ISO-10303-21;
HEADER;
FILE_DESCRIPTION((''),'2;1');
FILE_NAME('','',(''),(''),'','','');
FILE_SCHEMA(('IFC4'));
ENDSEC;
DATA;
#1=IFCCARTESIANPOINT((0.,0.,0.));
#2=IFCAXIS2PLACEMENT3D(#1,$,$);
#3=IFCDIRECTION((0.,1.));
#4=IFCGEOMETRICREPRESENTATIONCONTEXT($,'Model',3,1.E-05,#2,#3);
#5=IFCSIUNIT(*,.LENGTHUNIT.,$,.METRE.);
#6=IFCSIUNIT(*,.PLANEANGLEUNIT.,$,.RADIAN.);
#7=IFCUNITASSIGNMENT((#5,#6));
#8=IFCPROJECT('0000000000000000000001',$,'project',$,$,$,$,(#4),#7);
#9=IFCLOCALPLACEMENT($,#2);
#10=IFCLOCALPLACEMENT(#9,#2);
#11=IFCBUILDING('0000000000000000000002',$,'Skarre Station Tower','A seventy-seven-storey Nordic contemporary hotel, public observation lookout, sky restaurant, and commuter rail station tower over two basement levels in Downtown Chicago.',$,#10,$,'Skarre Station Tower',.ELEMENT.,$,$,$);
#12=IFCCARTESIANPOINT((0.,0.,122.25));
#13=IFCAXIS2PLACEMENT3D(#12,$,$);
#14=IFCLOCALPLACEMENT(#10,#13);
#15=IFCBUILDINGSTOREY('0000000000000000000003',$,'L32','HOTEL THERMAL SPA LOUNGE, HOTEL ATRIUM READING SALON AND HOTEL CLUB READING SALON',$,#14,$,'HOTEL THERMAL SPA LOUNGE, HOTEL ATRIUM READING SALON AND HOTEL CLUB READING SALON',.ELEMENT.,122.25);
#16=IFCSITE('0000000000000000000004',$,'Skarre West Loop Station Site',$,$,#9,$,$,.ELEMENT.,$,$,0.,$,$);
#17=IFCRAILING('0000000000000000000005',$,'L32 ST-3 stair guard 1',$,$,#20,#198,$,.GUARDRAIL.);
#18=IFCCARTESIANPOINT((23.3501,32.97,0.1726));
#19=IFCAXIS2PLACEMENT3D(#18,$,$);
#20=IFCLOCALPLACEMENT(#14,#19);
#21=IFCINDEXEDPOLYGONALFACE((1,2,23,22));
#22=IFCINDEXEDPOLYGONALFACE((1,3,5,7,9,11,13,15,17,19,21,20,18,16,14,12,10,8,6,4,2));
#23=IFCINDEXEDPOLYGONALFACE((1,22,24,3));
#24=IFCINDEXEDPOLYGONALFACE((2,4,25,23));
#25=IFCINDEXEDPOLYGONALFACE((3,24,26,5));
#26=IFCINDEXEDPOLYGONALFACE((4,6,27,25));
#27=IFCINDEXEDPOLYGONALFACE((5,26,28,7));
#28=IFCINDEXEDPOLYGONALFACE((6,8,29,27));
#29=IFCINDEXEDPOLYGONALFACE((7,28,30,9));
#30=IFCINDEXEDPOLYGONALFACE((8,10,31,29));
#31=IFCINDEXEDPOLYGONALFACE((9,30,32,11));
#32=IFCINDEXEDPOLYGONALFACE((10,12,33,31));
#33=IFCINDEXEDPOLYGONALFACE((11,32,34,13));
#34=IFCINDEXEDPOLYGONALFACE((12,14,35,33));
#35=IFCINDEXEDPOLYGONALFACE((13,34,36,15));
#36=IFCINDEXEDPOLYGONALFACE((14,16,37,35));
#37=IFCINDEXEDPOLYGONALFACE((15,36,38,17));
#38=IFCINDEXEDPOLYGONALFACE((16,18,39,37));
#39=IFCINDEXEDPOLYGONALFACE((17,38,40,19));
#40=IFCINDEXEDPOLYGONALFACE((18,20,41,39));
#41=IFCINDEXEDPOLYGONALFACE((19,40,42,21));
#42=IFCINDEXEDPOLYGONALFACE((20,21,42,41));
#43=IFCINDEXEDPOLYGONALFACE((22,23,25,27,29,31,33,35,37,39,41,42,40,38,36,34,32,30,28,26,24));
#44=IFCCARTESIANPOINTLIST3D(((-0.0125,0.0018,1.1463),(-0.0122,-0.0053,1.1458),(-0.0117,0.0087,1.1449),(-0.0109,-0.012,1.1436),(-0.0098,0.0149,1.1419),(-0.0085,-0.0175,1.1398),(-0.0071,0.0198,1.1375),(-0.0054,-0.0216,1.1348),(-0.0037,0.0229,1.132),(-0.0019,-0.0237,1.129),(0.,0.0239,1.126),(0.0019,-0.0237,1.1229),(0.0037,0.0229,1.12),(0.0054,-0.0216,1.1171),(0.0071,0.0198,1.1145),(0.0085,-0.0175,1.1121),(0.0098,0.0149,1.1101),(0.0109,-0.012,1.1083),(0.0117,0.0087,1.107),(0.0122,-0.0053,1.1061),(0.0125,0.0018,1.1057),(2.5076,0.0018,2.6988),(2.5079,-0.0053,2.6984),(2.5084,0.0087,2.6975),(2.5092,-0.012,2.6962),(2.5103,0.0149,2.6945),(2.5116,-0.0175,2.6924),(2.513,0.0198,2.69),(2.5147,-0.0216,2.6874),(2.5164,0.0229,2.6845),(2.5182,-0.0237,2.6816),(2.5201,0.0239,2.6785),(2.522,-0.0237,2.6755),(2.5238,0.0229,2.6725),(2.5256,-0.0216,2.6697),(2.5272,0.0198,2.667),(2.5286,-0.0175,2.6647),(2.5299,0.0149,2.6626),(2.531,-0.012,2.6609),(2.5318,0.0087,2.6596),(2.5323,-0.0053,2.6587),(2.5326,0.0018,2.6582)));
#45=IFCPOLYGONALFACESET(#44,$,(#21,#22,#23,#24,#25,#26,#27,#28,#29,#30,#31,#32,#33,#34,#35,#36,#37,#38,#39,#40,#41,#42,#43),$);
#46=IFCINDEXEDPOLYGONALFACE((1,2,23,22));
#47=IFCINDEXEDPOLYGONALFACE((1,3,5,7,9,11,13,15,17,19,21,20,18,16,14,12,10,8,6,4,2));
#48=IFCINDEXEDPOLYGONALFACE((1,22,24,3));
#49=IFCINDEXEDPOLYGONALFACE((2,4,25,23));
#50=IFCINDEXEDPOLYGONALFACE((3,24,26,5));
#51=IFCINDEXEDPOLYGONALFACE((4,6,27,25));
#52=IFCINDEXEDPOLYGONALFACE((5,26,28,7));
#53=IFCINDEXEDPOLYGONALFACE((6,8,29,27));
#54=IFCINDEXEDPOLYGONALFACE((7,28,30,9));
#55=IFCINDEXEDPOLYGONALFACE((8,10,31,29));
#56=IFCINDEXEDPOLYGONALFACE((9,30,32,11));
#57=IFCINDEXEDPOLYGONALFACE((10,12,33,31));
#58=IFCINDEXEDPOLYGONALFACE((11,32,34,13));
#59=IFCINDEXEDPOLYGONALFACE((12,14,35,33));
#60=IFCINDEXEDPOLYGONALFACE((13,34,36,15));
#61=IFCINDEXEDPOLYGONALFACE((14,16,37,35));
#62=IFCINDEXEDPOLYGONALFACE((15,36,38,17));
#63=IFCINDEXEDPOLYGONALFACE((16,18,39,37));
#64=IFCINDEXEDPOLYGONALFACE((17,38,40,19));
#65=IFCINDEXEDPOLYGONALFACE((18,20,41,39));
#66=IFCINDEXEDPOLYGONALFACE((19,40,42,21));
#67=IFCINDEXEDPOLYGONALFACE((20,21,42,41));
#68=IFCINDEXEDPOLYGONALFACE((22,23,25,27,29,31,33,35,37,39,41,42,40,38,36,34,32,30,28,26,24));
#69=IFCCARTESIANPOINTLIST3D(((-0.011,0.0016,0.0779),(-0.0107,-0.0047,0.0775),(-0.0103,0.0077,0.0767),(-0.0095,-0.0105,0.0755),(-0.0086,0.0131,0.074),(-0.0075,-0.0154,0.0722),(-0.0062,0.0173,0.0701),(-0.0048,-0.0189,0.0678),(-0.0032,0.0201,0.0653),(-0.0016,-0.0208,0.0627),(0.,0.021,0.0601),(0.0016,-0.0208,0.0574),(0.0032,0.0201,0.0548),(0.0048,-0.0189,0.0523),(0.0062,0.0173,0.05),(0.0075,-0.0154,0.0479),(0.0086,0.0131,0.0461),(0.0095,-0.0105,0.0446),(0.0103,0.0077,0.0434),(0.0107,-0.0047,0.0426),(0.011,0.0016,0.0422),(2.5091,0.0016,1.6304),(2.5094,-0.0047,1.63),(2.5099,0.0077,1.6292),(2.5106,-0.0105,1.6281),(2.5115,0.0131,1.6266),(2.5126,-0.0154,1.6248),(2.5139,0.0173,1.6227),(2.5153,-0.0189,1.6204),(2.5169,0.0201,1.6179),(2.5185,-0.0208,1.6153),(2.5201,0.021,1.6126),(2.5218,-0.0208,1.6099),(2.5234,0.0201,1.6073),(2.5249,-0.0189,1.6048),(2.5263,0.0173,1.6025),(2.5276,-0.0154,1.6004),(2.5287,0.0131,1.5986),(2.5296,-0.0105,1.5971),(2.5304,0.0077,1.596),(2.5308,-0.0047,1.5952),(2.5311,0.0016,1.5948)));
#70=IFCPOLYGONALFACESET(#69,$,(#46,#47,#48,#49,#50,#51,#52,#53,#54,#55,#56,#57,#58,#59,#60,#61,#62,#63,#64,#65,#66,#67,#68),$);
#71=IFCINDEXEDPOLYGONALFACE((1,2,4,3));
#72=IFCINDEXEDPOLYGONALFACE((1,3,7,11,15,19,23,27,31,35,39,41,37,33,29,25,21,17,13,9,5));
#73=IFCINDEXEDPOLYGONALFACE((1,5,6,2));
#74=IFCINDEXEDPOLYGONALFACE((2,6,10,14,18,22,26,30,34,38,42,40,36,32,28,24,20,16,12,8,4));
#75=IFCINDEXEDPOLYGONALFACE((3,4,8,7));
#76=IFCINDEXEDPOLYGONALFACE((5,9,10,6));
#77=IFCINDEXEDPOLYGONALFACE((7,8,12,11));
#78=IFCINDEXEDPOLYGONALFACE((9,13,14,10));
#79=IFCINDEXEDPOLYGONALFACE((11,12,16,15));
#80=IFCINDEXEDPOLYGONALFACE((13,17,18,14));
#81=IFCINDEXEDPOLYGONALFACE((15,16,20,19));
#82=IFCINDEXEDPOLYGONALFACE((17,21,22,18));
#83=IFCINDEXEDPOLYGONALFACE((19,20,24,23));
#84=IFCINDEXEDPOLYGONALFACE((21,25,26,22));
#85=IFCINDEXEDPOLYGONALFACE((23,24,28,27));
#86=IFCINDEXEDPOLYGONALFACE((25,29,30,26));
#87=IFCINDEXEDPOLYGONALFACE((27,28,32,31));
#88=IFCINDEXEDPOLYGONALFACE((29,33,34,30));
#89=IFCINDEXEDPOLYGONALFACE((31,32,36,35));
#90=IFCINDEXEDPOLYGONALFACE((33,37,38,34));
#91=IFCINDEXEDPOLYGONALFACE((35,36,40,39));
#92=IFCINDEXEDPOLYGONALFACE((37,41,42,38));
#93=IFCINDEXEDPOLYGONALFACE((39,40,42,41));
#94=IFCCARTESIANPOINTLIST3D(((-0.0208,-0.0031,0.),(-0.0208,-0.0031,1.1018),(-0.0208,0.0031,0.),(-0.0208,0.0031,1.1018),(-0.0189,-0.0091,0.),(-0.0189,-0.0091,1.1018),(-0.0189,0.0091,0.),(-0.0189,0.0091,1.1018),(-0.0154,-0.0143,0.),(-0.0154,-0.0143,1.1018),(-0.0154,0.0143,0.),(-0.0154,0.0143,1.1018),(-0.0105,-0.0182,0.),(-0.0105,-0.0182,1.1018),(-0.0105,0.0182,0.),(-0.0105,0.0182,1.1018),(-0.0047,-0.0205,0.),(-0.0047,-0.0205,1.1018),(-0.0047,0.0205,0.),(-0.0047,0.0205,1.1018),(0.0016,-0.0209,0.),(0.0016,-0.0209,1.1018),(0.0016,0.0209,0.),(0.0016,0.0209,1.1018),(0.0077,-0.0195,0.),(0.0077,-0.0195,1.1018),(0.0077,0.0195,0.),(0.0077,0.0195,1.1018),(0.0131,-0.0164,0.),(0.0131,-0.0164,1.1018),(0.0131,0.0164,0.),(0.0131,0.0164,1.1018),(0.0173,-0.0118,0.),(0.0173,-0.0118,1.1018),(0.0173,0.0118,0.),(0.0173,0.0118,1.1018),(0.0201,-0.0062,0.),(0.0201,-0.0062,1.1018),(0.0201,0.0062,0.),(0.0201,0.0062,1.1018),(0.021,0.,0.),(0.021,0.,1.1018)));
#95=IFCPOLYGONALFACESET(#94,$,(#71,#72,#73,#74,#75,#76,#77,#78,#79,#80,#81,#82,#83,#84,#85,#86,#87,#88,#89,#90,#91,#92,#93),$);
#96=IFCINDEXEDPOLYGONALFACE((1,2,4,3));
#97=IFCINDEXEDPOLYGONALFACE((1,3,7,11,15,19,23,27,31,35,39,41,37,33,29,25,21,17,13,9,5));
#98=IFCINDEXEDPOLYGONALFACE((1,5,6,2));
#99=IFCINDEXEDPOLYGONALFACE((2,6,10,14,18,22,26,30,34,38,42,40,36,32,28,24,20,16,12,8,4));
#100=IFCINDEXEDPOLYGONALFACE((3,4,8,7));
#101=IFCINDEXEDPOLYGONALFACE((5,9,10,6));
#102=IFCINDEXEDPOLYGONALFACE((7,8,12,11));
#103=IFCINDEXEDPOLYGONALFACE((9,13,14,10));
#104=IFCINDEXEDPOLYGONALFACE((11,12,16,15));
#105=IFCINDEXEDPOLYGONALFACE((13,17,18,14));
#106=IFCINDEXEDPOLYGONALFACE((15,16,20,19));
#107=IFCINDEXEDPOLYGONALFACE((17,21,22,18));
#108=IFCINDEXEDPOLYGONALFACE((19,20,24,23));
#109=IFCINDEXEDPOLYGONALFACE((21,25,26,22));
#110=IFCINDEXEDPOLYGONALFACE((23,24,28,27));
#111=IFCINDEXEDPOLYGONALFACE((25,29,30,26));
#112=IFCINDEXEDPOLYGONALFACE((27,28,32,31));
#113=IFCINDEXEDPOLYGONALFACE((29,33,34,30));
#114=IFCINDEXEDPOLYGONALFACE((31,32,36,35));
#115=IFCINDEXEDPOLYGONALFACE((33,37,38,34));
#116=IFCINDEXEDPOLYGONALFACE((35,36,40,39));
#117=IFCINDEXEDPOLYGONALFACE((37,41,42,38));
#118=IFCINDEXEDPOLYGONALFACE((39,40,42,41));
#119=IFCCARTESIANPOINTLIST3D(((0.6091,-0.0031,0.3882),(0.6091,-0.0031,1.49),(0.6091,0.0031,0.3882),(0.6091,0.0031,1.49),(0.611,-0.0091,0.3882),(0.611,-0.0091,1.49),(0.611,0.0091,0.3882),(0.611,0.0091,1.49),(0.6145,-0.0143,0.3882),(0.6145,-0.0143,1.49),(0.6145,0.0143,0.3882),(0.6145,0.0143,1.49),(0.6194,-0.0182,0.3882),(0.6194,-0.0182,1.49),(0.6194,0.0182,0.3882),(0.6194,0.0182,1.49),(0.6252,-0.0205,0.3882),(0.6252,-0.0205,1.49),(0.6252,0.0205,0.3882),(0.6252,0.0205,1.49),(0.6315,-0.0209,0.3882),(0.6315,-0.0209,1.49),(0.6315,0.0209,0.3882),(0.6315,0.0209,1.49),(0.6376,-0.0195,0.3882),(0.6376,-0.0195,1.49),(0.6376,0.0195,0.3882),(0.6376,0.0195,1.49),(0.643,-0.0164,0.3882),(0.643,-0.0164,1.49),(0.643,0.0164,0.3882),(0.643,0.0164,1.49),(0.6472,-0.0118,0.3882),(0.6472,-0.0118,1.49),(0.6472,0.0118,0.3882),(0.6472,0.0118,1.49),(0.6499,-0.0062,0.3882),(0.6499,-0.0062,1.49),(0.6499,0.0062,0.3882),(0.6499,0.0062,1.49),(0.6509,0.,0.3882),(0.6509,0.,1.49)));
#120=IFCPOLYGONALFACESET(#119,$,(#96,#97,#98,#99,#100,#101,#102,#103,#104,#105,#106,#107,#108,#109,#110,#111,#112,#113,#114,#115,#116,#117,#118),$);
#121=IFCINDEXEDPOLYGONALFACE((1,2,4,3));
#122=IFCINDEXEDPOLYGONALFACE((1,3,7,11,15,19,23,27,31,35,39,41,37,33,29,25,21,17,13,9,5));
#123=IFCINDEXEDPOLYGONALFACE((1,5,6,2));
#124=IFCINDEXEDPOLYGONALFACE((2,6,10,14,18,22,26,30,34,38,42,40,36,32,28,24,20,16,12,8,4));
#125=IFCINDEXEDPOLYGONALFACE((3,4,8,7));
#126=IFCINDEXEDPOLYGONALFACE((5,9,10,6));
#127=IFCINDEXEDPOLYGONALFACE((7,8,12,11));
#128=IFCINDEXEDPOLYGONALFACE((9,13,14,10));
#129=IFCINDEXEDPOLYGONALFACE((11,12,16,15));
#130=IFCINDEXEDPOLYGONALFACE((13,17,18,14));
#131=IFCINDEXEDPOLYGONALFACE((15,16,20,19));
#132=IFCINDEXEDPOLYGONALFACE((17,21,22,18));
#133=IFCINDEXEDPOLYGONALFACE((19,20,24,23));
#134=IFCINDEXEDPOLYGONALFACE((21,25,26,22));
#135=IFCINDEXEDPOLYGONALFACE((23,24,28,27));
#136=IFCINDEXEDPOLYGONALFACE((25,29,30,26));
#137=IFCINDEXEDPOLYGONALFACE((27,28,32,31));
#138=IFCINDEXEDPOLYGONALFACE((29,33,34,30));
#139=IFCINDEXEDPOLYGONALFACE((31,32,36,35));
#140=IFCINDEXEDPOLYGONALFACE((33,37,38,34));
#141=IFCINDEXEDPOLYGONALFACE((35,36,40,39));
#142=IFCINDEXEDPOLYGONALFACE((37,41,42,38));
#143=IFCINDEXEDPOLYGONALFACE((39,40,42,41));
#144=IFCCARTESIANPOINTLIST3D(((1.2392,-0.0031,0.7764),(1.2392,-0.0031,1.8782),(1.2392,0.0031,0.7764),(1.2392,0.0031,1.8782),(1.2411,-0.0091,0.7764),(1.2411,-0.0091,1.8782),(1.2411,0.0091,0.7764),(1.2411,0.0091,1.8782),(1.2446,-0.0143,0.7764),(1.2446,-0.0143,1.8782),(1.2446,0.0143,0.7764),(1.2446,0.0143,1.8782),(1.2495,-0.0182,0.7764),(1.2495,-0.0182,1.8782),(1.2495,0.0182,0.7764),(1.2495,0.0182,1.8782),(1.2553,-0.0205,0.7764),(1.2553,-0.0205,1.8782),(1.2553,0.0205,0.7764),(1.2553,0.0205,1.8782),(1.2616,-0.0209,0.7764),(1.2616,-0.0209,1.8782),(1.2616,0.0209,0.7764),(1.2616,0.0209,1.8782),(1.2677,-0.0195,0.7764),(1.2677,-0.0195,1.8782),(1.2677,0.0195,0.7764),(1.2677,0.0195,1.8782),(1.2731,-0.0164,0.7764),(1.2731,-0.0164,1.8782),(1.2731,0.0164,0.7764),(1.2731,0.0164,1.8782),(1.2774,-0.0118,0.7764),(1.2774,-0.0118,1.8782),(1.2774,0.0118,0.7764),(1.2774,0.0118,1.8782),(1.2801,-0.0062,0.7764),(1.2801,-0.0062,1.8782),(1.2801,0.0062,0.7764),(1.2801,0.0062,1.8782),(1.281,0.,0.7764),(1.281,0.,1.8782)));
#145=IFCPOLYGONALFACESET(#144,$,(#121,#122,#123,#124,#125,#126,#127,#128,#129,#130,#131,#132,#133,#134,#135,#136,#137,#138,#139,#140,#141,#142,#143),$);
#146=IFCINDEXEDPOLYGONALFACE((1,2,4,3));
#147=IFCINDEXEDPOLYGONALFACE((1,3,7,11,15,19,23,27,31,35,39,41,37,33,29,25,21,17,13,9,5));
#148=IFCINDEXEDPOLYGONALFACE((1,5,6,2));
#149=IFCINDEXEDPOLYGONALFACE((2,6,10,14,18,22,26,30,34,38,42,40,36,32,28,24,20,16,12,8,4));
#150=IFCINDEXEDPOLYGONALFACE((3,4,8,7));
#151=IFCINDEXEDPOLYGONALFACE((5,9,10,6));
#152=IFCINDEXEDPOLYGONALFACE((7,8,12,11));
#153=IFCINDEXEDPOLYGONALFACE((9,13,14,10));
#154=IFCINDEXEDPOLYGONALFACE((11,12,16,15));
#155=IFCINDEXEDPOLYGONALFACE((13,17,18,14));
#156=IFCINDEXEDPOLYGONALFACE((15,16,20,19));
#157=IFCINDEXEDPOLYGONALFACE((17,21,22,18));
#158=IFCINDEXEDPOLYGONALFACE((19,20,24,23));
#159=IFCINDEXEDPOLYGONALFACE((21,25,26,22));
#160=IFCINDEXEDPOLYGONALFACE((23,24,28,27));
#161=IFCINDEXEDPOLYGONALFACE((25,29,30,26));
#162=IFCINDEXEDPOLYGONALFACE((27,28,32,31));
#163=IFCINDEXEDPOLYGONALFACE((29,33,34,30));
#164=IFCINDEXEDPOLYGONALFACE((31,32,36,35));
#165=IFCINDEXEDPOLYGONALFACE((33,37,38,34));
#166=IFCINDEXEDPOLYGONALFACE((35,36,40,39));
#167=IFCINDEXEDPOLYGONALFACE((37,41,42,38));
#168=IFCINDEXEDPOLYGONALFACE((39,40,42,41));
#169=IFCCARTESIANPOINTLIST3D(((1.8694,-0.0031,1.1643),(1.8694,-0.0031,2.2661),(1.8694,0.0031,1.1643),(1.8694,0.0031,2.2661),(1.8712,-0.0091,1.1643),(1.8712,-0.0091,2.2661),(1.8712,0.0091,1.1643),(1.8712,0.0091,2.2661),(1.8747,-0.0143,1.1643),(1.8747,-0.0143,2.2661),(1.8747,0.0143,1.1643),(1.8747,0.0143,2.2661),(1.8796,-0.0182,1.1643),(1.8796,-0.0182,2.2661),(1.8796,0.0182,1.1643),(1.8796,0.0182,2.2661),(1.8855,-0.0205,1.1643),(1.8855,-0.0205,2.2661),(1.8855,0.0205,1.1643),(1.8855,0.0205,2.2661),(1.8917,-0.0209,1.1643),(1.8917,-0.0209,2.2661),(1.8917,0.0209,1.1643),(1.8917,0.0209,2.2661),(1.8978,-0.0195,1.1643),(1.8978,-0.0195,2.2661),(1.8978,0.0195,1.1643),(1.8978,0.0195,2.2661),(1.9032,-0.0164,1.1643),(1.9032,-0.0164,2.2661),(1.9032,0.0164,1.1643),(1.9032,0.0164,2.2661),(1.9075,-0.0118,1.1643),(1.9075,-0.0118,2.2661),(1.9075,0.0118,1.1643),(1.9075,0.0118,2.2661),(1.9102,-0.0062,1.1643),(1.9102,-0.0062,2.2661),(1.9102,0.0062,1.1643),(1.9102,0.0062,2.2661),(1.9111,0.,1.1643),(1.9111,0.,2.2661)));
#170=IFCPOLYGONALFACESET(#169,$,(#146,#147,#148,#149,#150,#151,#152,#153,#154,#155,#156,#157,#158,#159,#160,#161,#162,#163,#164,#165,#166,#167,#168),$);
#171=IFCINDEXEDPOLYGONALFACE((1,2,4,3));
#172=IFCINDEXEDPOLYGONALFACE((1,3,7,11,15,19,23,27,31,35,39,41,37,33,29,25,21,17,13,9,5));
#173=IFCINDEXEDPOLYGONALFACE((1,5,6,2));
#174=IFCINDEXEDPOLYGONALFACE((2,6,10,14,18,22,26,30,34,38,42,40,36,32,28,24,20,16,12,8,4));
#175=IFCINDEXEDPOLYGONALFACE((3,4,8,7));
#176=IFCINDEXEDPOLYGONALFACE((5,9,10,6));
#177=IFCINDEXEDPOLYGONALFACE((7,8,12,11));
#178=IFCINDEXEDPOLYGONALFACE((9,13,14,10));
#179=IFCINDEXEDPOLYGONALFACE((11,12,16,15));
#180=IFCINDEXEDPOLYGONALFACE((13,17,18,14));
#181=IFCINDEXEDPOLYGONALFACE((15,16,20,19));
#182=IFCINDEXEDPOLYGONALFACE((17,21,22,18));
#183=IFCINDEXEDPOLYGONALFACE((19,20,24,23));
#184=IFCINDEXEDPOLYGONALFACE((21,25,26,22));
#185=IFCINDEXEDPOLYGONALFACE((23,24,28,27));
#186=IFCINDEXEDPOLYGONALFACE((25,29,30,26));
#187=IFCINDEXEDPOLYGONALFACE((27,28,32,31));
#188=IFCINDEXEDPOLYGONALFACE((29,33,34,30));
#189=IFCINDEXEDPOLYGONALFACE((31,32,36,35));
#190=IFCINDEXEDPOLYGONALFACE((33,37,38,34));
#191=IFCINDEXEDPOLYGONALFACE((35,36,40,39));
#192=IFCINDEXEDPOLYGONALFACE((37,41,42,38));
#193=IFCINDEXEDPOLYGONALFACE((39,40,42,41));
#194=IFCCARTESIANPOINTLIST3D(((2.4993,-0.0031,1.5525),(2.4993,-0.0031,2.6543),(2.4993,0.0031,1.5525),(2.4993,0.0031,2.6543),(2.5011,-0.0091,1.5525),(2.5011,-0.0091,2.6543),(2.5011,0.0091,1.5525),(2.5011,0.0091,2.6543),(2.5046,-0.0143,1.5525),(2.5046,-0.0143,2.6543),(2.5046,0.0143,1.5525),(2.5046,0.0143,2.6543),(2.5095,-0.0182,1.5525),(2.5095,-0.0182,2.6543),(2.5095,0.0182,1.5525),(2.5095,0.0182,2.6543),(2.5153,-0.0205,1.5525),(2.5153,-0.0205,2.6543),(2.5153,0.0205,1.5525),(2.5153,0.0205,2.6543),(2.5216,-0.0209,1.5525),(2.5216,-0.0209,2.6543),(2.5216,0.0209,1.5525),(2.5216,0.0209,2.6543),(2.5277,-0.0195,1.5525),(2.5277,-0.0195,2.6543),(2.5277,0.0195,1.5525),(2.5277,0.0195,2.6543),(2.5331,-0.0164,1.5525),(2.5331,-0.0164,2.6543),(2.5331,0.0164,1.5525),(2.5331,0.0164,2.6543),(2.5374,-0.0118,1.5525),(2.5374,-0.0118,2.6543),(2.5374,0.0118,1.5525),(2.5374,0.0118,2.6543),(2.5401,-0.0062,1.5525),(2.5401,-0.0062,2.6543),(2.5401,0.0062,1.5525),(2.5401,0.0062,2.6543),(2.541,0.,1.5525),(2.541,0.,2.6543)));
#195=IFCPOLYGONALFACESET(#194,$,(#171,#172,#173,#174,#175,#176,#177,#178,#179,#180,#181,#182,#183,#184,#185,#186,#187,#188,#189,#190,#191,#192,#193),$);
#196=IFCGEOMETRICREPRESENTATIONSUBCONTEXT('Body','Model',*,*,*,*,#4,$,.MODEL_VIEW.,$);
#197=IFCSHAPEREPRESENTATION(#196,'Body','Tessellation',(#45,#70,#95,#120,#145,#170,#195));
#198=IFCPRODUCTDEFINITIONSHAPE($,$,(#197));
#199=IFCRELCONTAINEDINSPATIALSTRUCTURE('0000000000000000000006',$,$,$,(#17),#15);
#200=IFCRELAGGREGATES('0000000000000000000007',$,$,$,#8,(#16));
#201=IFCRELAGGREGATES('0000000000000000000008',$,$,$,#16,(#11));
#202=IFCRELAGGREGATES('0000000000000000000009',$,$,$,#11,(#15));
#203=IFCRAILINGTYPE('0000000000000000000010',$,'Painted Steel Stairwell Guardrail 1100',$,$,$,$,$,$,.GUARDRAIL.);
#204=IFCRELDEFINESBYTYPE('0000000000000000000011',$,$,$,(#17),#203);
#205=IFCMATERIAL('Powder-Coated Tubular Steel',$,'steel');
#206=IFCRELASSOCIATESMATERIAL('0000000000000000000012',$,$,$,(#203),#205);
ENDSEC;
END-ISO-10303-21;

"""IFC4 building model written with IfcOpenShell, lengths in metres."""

from ifc_helpers import new_model, si_unit, direction, frame, origin, origin_2d, place, context, subcontext, project, spatial, circle, extrude, material, type_object, element, save


model = new_model("IFC4")

# Units and contexts
model_context = context("Model", 3, precision=1e-05, world=origin(), true_north=direction((0.0, 1.0)))
body_context = subcontext(model_context, "Body", "Model", "MODEL_VIEW")
ifc_project = project(units=[si_unit("LENGTHUNIT", "METRE"), si_unit("PLANEANGLEUNIT", "RADIAN")], contexts=[model_context])

# Site, building, storey
site_placement = place(None, origin())
site = spatial("IfcSite", under=ifc_project, at=site_placement, Name="Skarre West Loop Station Site", CompositionType="ELEMENT", RefElevation=0.0)
building_placement = place(site_placement, origin())
building = spatial("IfcBuilding", under=site, at=building_placement, Name="Skarre Station Tower", Description="A seventy-seven-storey Nordic contemporary hotel, public observation lookout, sky restaurant, and commuter rail station tower over two basement levels in Downtown Chicago.", LongName="Skarre Station Tower", CompositionType="ELEMENT")
storey_placement = place(building_placement, frame((0.0, 0.0, 122.25)))
storey = spatial("IfcBuildingStorey", under=building, at=storey_placement, Name="L32", Description="HOTEL THERMAL SPA LOUNGE, HOTEL ATRIUM READING SALON AND HOTEL CLUB READING SALON", LongName="HOTEL THERMAL SPA LOUNGE, HOTEL ATRIUM READING SALON AND HOTEL CLUB READING SALON", CompositionType="ELEMENT", Elevation=122.25)

# Railing
ifc_material_1 = material(Name="Powder-Coated Tubular Steel", Category="steel")
railing_type_1 = type_object("IfcRailingType", Name="Painted Steel Stairwell Guardrail 1100", PredefinedType="GUARDRAIL", material=ifc_material_1)
railing_1_placement = place(storey_placement, frame((23.3501, 32.97, 0.1726)))
element("IfcRailing", 1, at=railing_1_placement, inside=storey, type_object=railing_type_1, Name="L32 ST-3 stair guard 1", PredefinedType="GUARDRAIL", context=body_context, shape_type="SweptSolid", body=[
    extrude(circle(Radius=0.0239, at=origin_2d()), frame((0.0, 0.0, 1.126), z_axis=(0.8514, 0.0, 0.524516), x_axis=(0.0, 1.0, 0.0)), (0.0, 0.0, 1.0), 2.96),
    extrude(circle(Radius=0.021, at=origin_2d()), frame((0.0, 0.0, 0.0601), z_axis=(0.8514, 0.0, 0.524516), x_axis=(0.0, 1.0, 0.0)), (0.0, 0.0, 1.0), 2.96),
    extrude(circle(Radius=0.021, at=origin_2d()), origin(), (0.0, 0.0, 1.0), 1.1018),
    extrude(circle(Radius=0.021, at=origin_2d()), frame((0.6299, 0.0, 0.3882)), (0.0, 0.0, 1.0), 1.1018),
    extrude(circle(Radius=0.021, at=origin_2d()), frame((1.26, 0.0, 0.7764)), (0.0, 0.0, 1.0), 1.1018),
    extrude(circle(Radius=0.021, at=origin_2d()), frame((1.8901, 0.0, 1.1643)), (0.0, 0.0, 1.0), 1.1018),
    extrude(circle(Radius=0.021, at=origin_2d()), frame((2.52, 0.0, 1.5525)), (0.0, 0.0, 1.0), 1.1018),
])

save(model, "model.ifc")
